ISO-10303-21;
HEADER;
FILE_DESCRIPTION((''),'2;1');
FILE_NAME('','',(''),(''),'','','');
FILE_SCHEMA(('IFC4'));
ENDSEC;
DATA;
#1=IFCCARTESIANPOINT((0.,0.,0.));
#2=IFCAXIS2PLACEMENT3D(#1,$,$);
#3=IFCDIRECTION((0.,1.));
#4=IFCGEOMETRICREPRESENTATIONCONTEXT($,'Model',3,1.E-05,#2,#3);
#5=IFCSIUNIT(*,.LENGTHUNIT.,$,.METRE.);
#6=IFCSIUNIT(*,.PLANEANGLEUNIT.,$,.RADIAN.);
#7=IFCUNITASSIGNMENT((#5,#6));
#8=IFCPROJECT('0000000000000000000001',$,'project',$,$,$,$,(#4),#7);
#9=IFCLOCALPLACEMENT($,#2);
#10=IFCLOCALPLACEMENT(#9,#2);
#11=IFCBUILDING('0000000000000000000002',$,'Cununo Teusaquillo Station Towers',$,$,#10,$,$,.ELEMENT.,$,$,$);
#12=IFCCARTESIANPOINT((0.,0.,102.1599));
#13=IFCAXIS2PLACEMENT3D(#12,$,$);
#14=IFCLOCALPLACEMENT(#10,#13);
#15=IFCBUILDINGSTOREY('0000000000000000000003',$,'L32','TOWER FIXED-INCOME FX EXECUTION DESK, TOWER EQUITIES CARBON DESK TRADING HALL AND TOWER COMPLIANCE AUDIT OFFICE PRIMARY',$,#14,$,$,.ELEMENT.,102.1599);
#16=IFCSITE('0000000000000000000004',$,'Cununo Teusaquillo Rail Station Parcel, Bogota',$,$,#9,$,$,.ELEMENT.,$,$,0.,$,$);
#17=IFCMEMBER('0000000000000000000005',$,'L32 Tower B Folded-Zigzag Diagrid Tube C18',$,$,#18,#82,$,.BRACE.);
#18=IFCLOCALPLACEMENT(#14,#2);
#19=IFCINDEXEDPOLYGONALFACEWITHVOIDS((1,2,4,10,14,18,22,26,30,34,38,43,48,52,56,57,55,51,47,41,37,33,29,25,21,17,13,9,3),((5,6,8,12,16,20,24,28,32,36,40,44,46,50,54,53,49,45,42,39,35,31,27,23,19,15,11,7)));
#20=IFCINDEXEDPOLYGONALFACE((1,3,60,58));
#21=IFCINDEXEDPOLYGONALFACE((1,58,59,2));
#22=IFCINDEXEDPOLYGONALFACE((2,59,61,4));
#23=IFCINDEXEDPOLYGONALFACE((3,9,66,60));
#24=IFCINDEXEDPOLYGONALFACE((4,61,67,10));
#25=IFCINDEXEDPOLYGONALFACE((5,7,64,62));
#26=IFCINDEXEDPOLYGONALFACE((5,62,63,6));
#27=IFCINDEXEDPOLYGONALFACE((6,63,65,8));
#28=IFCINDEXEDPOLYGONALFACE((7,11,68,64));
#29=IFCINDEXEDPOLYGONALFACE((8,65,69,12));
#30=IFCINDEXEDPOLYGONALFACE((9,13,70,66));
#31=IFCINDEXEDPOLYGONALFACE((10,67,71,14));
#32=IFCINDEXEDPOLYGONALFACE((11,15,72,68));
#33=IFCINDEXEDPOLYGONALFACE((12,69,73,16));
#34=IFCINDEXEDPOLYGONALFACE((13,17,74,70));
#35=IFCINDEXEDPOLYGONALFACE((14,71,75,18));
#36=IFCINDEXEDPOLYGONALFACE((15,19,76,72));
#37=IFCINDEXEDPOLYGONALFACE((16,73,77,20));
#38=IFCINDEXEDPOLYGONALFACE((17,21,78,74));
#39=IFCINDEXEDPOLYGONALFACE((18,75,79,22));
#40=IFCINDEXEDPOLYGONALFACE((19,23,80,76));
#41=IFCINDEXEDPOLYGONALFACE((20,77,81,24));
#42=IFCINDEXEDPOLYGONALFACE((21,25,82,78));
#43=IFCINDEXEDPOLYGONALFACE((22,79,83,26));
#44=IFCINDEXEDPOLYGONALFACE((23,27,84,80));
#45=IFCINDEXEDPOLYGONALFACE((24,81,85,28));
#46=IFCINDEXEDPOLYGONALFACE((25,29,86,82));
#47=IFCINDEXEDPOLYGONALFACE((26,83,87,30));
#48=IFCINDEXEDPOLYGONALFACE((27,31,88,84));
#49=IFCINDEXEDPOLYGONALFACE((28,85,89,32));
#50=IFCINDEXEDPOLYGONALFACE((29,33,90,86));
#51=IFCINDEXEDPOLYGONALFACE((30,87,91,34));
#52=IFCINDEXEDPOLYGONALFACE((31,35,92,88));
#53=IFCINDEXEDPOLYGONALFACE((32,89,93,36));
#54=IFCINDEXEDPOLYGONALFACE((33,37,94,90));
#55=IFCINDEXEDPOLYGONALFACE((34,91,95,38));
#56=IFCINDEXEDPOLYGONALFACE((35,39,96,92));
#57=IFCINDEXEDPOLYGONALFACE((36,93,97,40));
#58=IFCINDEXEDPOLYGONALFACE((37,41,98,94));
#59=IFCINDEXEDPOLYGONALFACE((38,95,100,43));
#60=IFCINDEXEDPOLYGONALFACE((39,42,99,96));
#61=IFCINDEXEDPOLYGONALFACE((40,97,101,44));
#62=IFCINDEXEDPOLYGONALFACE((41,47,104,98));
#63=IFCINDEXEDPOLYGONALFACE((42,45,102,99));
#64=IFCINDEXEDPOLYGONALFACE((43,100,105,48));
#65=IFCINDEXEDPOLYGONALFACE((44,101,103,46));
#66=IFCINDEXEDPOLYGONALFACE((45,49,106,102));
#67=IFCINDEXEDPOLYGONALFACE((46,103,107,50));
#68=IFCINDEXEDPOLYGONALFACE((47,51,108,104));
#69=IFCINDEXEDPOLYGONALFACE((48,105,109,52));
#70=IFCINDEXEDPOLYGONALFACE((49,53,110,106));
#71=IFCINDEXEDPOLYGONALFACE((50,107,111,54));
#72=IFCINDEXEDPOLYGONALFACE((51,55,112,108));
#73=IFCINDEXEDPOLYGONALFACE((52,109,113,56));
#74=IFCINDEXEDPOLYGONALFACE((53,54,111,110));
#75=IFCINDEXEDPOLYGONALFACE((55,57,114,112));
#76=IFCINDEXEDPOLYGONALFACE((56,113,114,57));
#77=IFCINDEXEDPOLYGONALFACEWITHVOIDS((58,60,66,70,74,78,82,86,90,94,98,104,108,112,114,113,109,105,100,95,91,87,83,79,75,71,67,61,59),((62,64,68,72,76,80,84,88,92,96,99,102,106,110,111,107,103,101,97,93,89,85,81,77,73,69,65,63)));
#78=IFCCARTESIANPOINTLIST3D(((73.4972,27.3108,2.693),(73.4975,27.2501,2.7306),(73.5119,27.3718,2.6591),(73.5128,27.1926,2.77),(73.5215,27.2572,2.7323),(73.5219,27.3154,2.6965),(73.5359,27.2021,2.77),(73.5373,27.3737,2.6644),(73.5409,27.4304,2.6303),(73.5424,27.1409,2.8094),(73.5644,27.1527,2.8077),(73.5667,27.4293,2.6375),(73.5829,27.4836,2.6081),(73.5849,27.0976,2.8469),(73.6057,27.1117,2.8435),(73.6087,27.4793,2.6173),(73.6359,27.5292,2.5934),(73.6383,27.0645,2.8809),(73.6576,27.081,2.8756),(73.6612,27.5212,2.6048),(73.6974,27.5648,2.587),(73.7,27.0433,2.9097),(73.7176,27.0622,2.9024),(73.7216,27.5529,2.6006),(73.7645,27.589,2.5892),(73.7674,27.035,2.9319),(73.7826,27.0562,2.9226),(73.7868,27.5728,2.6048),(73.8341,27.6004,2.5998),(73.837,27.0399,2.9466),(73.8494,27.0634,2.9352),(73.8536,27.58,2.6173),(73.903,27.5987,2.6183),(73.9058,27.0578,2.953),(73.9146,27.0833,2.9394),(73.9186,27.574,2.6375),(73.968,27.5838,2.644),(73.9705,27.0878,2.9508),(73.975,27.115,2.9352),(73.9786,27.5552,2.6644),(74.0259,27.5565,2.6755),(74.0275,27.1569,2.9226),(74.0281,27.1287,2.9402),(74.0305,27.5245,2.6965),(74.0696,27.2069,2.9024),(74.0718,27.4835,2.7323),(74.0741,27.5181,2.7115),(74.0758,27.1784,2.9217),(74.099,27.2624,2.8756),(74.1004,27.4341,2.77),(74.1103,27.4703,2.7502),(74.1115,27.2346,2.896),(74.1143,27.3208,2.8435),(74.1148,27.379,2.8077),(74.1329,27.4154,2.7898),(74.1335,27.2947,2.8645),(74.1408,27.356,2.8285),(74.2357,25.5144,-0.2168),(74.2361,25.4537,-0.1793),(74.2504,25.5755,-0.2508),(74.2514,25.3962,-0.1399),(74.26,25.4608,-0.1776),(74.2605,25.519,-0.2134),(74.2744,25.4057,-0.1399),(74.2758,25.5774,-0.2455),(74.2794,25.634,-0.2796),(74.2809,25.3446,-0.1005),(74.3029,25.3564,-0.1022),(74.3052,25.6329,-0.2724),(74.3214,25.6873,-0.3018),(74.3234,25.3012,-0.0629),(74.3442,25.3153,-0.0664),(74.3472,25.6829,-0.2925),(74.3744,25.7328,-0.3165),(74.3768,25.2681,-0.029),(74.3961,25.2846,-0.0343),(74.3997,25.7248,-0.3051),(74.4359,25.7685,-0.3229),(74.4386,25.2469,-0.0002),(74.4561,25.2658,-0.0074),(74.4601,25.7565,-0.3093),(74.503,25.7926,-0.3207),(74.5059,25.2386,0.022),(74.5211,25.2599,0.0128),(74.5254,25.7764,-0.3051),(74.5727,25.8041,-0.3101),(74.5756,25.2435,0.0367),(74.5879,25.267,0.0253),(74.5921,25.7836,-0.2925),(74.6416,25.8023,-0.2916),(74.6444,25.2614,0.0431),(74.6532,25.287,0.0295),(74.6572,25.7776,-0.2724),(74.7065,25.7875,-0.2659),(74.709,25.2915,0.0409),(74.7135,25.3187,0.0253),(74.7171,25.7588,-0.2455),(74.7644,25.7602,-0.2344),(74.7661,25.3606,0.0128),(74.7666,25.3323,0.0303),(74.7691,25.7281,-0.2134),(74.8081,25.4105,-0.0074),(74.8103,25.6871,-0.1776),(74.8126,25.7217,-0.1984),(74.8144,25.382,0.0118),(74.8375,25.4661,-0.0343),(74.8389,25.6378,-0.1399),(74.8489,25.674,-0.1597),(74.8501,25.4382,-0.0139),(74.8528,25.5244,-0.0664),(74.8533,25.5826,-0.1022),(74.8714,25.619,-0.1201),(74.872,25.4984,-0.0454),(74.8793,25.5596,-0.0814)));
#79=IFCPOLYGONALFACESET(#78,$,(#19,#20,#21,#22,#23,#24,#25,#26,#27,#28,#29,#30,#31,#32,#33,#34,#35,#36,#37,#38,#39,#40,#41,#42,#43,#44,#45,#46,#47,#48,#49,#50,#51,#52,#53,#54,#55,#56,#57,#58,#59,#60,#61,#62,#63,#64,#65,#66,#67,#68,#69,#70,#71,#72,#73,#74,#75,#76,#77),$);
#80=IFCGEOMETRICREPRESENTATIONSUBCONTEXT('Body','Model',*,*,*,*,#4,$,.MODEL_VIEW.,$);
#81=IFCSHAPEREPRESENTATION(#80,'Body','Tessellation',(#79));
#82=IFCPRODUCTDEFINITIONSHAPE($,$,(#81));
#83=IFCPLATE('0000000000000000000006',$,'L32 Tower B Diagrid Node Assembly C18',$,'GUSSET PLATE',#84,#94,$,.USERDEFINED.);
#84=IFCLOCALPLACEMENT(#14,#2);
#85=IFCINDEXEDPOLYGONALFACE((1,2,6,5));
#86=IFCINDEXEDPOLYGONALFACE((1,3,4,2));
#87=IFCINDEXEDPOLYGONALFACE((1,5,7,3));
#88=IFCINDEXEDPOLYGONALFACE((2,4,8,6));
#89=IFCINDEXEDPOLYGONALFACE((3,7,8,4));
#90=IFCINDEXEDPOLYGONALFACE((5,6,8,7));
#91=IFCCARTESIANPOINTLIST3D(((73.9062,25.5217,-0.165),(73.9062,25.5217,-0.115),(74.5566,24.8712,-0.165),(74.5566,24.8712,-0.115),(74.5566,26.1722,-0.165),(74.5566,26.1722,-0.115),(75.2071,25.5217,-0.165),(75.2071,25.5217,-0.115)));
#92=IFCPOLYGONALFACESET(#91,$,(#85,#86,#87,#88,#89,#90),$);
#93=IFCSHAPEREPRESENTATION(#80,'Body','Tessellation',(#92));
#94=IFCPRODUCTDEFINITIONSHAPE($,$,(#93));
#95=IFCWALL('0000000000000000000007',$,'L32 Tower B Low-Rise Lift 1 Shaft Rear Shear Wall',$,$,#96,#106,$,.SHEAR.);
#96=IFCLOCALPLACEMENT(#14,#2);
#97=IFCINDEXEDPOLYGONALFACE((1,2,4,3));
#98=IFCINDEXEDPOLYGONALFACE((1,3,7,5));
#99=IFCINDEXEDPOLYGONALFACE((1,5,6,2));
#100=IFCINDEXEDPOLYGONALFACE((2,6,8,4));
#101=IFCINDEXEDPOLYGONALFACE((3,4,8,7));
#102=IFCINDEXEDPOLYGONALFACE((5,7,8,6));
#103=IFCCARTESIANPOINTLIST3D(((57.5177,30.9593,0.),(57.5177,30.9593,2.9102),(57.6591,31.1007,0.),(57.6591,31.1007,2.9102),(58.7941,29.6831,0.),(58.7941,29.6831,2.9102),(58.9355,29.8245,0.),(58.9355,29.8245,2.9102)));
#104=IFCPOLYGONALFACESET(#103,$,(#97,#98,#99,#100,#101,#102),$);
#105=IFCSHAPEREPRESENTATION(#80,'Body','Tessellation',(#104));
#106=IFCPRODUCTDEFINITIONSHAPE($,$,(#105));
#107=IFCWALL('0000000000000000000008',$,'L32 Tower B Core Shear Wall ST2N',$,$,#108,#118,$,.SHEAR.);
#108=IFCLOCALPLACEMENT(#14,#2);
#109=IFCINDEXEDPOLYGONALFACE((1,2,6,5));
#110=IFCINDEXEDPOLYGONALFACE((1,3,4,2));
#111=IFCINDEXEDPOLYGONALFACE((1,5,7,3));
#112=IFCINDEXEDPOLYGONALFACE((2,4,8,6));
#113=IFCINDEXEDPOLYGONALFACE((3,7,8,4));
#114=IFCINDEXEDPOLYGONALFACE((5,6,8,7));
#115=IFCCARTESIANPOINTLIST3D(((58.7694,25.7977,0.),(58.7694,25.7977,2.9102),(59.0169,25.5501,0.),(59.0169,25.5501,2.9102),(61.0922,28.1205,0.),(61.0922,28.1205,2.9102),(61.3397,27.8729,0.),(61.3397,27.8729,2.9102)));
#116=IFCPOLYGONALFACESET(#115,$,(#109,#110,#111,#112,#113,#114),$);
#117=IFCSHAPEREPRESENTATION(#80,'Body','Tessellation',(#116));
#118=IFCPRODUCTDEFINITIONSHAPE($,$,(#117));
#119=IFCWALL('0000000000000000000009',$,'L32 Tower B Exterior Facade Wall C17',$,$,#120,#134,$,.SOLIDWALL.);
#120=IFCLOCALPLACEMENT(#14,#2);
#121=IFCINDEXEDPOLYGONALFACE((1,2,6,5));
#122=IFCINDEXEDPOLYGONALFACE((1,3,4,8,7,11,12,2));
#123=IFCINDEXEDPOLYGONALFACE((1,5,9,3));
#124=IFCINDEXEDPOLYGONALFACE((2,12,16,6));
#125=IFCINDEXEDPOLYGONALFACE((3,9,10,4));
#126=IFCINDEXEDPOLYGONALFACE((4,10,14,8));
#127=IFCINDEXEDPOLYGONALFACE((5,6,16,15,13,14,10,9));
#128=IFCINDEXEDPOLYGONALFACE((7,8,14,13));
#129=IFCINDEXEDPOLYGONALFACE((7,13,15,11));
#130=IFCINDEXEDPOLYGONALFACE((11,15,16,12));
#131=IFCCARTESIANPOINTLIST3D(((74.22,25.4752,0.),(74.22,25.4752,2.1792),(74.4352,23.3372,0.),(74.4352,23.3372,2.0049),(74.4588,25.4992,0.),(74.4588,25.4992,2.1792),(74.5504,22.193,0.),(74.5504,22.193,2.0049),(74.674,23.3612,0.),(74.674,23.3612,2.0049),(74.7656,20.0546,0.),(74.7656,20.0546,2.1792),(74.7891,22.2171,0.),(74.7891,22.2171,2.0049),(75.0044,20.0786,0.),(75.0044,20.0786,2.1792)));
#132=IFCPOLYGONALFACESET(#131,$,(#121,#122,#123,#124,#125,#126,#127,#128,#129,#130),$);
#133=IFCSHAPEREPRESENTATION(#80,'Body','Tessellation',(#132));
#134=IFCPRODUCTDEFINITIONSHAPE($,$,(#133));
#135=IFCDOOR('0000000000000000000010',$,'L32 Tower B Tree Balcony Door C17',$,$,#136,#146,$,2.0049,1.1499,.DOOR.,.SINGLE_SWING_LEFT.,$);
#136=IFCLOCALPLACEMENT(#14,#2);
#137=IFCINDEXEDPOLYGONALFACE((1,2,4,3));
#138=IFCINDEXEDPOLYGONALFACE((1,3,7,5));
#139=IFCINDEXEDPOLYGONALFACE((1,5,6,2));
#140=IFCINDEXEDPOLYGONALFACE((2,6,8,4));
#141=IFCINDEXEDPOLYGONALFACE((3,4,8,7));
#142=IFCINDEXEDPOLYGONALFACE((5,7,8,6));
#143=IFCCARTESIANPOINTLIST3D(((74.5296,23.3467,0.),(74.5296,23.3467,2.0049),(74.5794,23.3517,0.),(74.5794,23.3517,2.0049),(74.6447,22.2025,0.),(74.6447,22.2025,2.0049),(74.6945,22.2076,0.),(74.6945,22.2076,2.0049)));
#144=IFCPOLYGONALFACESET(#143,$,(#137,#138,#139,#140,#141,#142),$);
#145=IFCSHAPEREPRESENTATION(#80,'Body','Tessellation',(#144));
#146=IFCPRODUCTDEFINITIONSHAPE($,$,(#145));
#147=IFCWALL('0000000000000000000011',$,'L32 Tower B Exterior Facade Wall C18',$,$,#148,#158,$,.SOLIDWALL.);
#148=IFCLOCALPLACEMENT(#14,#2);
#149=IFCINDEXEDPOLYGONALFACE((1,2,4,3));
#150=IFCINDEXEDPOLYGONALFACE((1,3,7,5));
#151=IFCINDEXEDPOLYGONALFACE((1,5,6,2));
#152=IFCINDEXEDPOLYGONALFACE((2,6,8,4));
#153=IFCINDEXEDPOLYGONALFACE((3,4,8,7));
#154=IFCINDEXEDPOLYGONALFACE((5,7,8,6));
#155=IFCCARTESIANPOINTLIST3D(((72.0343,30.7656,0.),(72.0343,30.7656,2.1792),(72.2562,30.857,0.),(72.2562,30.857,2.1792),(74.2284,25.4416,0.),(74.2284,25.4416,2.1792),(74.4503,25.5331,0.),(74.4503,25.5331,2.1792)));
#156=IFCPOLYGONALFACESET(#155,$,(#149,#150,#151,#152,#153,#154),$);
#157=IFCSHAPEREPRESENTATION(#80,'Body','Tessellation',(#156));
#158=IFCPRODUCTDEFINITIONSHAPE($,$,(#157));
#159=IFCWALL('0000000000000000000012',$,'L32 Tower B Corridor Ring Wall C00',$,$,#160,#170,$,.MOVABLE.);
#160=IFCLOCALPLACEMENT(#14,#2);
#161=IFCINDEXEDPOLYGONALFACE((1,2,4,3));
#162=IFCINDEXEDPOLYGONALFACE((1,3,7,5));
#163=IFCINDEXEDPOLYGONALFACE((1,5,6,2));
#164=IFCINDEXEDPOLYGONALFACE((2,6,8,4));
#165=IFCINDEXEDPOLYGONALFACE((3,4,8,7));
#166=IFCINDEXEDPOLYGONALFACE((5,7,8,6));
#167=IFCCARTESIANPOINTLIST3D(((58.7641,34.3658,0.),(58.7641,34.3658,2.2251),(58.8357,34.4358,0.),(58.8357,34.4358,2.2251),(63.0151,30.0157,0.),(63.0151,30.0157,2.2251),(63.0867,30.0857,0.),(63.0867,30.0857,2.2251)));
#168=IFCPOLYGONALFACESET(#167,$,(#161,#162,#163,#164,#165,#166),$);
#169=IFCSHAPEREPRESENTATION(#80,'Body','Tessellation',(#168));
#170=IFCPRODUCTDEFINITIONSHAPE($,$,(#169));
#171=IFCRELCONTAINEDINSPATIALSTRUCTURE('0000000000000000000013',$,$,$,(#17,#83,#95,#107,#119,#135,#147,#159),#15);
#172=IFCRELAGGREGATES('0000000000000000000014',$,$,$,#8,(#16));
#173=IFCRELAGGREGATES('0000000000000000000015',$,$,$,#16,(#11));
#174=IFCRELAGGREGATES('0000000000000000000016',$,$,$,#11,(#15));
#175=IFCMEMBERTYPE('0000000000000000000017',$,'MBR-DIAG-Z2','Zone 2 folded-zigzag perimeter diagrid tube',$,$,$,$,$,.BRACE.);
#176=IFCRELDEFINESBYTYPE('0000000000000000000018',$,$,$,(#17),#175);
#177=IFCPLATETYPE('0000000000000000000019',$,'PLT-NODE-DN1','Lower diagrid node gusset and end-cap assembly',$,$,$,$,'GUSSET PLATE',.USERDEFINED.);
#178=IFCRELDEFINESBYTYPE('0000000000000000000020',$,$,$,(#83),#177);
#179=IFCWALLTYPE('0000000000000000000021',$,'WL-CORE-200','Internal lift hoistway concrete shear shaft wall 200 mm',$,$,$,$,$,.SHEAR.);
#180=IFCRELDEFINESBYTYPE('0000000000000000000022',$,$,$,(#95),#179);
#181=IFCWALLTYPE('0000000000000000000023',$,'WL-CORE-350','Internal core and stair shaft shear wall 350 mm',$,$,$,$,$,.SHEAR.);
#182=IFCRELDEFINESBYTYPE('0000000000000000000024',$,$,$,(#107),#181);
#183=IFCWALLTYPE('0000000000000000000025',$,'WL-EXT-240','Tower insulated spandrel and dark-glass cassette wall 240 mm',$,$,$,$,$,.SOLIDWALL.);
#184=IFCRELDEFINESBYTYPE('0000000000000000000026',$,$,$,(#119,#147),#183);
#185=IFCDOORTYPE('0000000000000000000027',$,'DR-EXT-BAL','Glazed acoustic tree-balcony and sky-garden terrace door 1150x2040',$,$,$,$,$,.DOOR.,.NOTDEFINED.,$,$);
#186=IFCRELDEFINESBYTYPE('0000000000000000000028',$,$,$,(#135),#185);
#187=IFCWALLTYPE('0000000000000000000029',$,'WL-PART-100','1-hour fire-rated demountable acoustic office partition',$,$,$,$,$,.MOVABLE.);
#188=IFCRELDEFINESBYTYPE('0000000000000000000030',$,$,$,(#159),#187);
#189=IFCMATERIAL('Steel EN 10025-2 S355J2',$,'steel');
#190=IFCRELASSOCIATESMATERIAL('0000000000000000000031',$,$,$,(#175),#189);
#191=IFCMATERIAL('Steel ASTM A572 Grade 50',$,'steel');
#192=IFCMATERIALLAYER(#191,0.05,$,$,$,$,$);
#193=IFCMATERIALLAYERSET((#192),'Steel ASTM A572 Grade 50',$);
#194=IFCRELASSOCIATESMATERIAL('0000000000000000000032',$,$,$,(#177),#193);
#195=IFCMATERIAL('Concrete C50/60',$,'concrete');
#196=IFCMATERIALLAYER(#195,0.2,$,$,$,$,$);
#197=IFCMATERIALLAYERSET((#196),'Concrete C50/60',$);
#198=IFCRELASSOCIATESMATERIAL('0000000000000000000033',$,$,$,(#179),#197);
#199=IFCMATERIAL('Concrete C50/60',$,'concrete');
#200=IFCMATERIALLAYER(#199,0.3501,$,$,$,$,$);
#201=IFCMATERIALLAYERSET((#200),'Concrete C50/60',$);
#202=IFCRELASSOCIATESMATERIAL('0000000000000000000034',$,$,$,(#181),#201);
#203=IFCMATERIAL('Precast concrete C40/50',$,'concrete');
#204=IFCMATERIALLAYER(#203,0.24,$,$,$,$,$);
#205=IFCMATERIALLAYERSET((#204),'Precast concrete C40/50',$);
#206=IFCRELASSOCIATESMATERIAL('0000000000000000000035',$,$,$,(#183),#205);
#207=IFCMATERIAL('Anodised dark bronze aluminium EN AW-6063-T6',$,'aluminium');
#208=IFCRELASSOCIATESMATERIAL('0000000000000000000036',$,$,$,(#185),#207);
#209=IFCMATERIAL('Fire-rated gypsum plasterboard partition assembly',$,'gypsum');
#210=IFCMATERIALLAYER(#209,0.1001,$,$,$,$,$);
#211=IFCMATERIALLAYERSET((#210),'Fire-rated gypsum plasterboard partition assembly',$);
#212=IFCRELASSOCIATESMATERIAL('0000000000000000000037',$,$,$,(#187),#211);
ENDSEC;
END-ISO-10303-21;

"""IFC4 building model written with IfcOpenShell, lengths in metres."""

from ifc_helpers import new_model, si_unit, direction, frame, frame_2d, origin, origin_2d, place, context, subcontext, project, spatial, rectangle, hollow_circle, extrude, source, transform, mapped, material, layer, layer_set, material_profile, profile_set, type_object, element, fill, save


model = new_model("IFC4")

# Units and contexts
model_context = context("Model", 3, precision=1e-05, world=origin(), true_north=direction((0.0, 1.0)))
body_context = subcontext(model_context, "Body", "Model", "MODEL_VIEW")
ifc_project = project(units=[si_unit("LENGTHUNIT", "METRE"), si_unit("PLANEANGLEUNIT", "RADIAN")], contexts=[model_context])

# Site, building, storey
site_placement = place(None, origin())
site = spatial("IfcSite", under=ifc_project, at=site_placement, Name="Cununo Teusaquillo Rail Station Parcel, Bogota", CompositionType="ELEMENT", RefElevation=0.0)
building_placement = place(site_placement, origin())
building = spatial("IfcBuilding", under=site, at=building_placement, Name="Cununo Teusaquillo Station Towers", CompositionType="ELEMENT")
storey_placement = place(building_placement, frame((0.0, 0.0, 102.1599)))
storey = spatial("IfcBuildingStorey", under=building, at=storey_placement, Name="L32", Description="TOWER FIXED-INCOME FX EXECUTION DESK, TOWER EQUITIES CARBON DESK TRADING HALL AND TOWER COMPLIANCE AUDIT OFFICE PRIMARY", CompositionType="ELEMENT", Elevation=102.1599)

# Member
ifc_material_1 = material(Name="Steel EN 10025-2 S355J2", Category="steel")
ifc_material_profile_1 = material_profile(ifc_material_1, hollow_circle(Radius=0.3301, WallThickness=0.0249, at=origin_2d()), Name="CHS 660x25")
ifc_profile_set_1 = profile_set([ifc_material_profile_1], Name="Steel EN 10025-2 S355J2")
member_type = type_object("IfcMemberType", Name="MBR-DIAG-Z2", Description="Zone 2 folded-zigzag perimeter diagrid tube", PredefinedType="BRACE", material=ifc_profile_set_1)
member_placement = place(storey_placement, frame((74.5566, 25.5217, -0.1399), z_axis=(-0.211093, 0.513463, 0.831743), x_axis=(-0.924889, -0.380238, 0.0)))
element("IfcMember", 1, at=member_placement, inside=storey, type_object=member_type, Name="L32 Tower B Folded-Zigzag Diagrid Tube C18", PredefinedType="BRACE", context=body_context, shape_type="SweptSolid", body=[
    extrude(hollow_circle(Radius=0.3301, WallThickness=0.0249, at=origin_2d()), origin(), (0.0, 0.0, 1.0), 3.4985),
])

# Plate
ifc_material_2 = material(Name="Steel ASTM A572 Grade 50", Category="steel")
ifc_layer_1 = layer(ifc_material_2, 0.05)
ifc_layer_set_1 = layer_set([ifc_layer_1], Name="Steel ASTM A572 Grade 50")
plate_type = type_object("IfcPlateType", Name="PLT-NODE-DN1", Description="Lower diagrid node gusset and end-cap assembly", ElementType="GUSSET PLATE", PredefinedType="USERDEFINED", material=ifc_layer_set_1)
shared_shape_1 = source(origin(), body_context, "Body", "SweptSolid", [
    extrude(rectangle(XDim=0.9199, YDim=0.9199, at=origin_2d()), origin(), (0.0, 0.0, 1.0), 0.05),
])
plate_placement = place(storey_placement, frame((74.5566, 25.5217, -0.165), z_axis=(0.0, 0.0, 1.0), x_axis=(0.707107, 0.707107, 0.0)))
element("IfcPlate", 2, at=plate_placement, inside=storey, type_object=plate_type, Name="L32 Tower B Diagrid Node Assembly C18", ObjectType="GUSSET PLATE", PredefinedType="USERDEFINED", context=body_context, shape_type="MappedRepresentation", body=[
    mapped(shared_shape_1, transform((0.0, 0.0, 0.0), x_axis=(1.0, 0.0, 0.0), y_axis=(0.0, 1.0, 0.0), z_axis=(0.0, 0.0, 1.0), scale=1.0)),
])

# Walls
ifc_material_3 = material(Name="Concrete C50/60", Category="concrete")
ifc_layer_2 = layer(ifc_material_3, 0.2)
ifc_layer_set_2 = layer_set([ifc_layer_2], Name="Concrete C50/60")
wall_type_1 = type_object("IfcWallType", Name="WL-CORE-200", Description="Internal lift hoistway concrete shear shaft wall 200 mm", PredefinedType="SHEAR", material=ifc_layer_set_2)
wall_1_placement = place(storey_placement, frame((58.8647, 29.7539, 0.0), z_axis=(0.0, 0.0, 1.0), x_axis=(-0.707174, 0.707039, 0.0)))
element("IfcWall", 3, at=wall_1_placement, inside=storey, type_object=wall_type_1, Name="L32 Tower B Low-Rise Lift 1 Shaft Rear Shear Wall", PredefinedType="SHEAR", context=body_context, shape_type="SweptSolid", body=[
    extrude(rectangle(XDim=1.8049, YDim=0.2, at=frame_2d((0.9023, 0.0))), origin(), (0.0, 0.0, 1.0), 2.9102),
])
ifc_material_4 = material(Name="Concrete C50/60", Category="concrete")
ifc_layer_3 = layer(ifc_material_4, 0.3501)
ifc_layer_set_3 = layer_set([ifc_layer_3], Name="Concrete C50/60")
wall_type_2 = type_object("IfcWallType", Name="WL-CORE-350", Description="Internal core and stair shaft shear wall 350 mm", PredefinedType="SHEAR", material=ifc_layer_set_3)
wall_2_placement = place(storey_placement, frame((58.8931, 25.6738, 0.0), z_axis=(0.0, 0.0, 1.0), x_axis=(0.707107, 0.707107, 0.0)))
element("IfcWall", 4, at=wall_2_placement, inside=storey, type_object=wall_type_2, Name="L32 Tower B Core Shear Wall ST2N", PredefinedType="SHEAR", context=body_context, shape_type="SweptSolid", body=[
    extrude(rectangle(XDim=3.2849, YDim=0.3501, at=frame_2d((1.6426, 0.0))), origin(), (0.0, 0.0, 1.0), 2.9102),
])

# Wall, opening, door
ifc_material_5 = material(Name="Precast concrete C40/50", Category="concrete")
ifc_layer_4 = layer(ifc_material_5, 0.24)
ifc_layer_set_4 = layer_set([ifc_layer_4], Name="Precast concrete C40/50")
wall_type_3 = type_object("IfcWallType", Name="WL-EXT-240", Description="Tower insulated spandrel and dark-glass cassette wall 240 mm", PredefinedType="SOLIDWALL", material=ifc_layer_set_4)
wall_3_placement = place(storey_placement, frame((74.3394, 25.4873, 0.0), z_axis=(0.0, 0.0, 1.0), x_axis=(0.100156, -0.994972, 0.0)))
wall_3 = element("IfcWall", 5, at=wall_3_placement, inside=storey, type_object=wall_type_3, Name="L32 Tower B Exterior Facade Wall C17", PredefinedType="SOLIDWALL", context=body_context, shape_type="SweptSolid", body=[
    extrude(rectangle(XDim=5.448, YDim=0.24, at=frame_2d((2.7241, 0.0))), origin(), (0.0, 0.0, 1.0), 2.1792),
])
shared_shape_2 = source(origin(), body_context, "Body", "SweptSolid", [
    extrude(rectangle(XDim=1.1499, YDim=2.0049, at=frame_2d((0.575, 1.0024))), frame((0.0, 0.1299, 0.0), z_axis=(0.0, -1.0, 0.0), x_axis=(1.0, 0.0, 0.0)), (0.0, 0.0, 1.0), 0.26),
])
opening_1_placement = place(wall_3_placement, frame((2.1489, 0.0, 0.0)))
opening_1 = element("IfcOpeningElement", 6, at=opening_1_placement, cuts=wall_3, PredefinedType="OPENING", context=body_context, shape_type="MappedRepresentation", body=[
    mapped(shared_shape_2, transform((0.0, 0.0, 0.0), x_axis=(1.0, 0.0, 0.0), y_axis=(0.0, 1.0, 0.0), z_axis=(0.0, 0.0, 1.0), scale=1.0)),
])
ifc_material_6 = material(Name="Anodised dark bronze aluminium EN AW-6063-T6", Category="aluminium")
door_type_1 = type_object("IfcDoorType", Name="DR-EXT-BAL", Description="Glazed acoustic tree-balcony and sky-garden terrace door 1150x2040", OperationType="NOTDEFINED", PredefinedType="DOOR", material=ifc_material_6)
shared_shape_3 = source(origin(), body_context, "Body", "SweptSolid", [
    extrude(rectangle(XDim=1.1499, YDim=2.0049, at=frame_2d((0.575, 1.0024))), frame((0.0, 0.0249, 0.0), z_axis=(0.0, -1.0, 0.0), x_axis=(1.0, 0.0, 0.0)), (0.0, 0.0, 1.0), 0.05),
])
door_1_placement = place(opening_1_placement, origin())
door_1 = element("IfcDoor", 7, at=door_1_placement, inside=storey, type_object=door_type_1, Name="L32 Tower B Tree Balcony Door C17", OperationType="SINGLE_SWING_LEFT", OverallHeight=2.0049, OverallWidth=1.1499, PredefinedType="DOOR", context=body_context, shape_type="MappedRepresentation", body=[
    mapped(shared_shape_3, transform((0.0, 0.0, 0.0), x_axis=(1.0, 0.0, 0.0), y_axis=(0.0, 1.0, 0.0), z_axis=(0.0, 0.0, 1.0), scale=1.0)),
])
fill(opening_1, door_1)

# Walls
wall_4_placement = place(storey_placement, frame((72.1453, 30.8113, 0.0), z_axis=(0.0, 0.0, 1.0), x_axis=(0.381027, -0.924564, 0.0)))
element("IfcWall", 8, at=wall_4_placement, inside=storey, type_object=wall_type_3, Name="L32 Tower B Exterior Facade Wall C18", PredefinedType="SOLIDWALL", context=body_context, shape_type="SweptSolid", body=[
    extrude(rectangle(XDim=5.7583, YDim=0.24, at=frame_2d((2.8792, 0.0))), origin(), (0.0, 0.0, 1.0), 2.1792),
])
ifc_material_7 = material(Name="Fire-rated gypsum plasterboard partition assembly", Category="gypsum")
ifc_layer_5 = layer(ifc_material_7, 0.1001)
ifc_layer_set_5 = layer_set([ifc_layer_5], Name="Fire-rated gypsum plasterboard partition assembly")
wall_type_4 = type_object("IfcWallType", Name="WL-PART-100", Description="1-hour fire-rated demountable acoustic office partition", PredefinedType="MOVABLE", material=ifc_layer_set_5)
wall_5_placement = place(storey_placement, frame((63.0508, 30.0508, 0.0), z_axis=(0.0, 0.0, 1.0), x_axis=(-0.698911, 0.715208, 0.0)))
element("IfcWall", 9, at=wall_5_placement, inside=storey, type_object=wall_type_4, Name="L32 Tower B Corridor Ring Wall C00", PredefinedType="MOVABLE", context=body_context, shape_type="SweptSolid", body=[
    extrude(rectangle(XDim=6.0823, YDim=0.1001, at=frame_2d((3.041, 0.0))), origin(), (0.0, 0.0, 1.0), 2.2251),
])

save(model, "model.ifc")
